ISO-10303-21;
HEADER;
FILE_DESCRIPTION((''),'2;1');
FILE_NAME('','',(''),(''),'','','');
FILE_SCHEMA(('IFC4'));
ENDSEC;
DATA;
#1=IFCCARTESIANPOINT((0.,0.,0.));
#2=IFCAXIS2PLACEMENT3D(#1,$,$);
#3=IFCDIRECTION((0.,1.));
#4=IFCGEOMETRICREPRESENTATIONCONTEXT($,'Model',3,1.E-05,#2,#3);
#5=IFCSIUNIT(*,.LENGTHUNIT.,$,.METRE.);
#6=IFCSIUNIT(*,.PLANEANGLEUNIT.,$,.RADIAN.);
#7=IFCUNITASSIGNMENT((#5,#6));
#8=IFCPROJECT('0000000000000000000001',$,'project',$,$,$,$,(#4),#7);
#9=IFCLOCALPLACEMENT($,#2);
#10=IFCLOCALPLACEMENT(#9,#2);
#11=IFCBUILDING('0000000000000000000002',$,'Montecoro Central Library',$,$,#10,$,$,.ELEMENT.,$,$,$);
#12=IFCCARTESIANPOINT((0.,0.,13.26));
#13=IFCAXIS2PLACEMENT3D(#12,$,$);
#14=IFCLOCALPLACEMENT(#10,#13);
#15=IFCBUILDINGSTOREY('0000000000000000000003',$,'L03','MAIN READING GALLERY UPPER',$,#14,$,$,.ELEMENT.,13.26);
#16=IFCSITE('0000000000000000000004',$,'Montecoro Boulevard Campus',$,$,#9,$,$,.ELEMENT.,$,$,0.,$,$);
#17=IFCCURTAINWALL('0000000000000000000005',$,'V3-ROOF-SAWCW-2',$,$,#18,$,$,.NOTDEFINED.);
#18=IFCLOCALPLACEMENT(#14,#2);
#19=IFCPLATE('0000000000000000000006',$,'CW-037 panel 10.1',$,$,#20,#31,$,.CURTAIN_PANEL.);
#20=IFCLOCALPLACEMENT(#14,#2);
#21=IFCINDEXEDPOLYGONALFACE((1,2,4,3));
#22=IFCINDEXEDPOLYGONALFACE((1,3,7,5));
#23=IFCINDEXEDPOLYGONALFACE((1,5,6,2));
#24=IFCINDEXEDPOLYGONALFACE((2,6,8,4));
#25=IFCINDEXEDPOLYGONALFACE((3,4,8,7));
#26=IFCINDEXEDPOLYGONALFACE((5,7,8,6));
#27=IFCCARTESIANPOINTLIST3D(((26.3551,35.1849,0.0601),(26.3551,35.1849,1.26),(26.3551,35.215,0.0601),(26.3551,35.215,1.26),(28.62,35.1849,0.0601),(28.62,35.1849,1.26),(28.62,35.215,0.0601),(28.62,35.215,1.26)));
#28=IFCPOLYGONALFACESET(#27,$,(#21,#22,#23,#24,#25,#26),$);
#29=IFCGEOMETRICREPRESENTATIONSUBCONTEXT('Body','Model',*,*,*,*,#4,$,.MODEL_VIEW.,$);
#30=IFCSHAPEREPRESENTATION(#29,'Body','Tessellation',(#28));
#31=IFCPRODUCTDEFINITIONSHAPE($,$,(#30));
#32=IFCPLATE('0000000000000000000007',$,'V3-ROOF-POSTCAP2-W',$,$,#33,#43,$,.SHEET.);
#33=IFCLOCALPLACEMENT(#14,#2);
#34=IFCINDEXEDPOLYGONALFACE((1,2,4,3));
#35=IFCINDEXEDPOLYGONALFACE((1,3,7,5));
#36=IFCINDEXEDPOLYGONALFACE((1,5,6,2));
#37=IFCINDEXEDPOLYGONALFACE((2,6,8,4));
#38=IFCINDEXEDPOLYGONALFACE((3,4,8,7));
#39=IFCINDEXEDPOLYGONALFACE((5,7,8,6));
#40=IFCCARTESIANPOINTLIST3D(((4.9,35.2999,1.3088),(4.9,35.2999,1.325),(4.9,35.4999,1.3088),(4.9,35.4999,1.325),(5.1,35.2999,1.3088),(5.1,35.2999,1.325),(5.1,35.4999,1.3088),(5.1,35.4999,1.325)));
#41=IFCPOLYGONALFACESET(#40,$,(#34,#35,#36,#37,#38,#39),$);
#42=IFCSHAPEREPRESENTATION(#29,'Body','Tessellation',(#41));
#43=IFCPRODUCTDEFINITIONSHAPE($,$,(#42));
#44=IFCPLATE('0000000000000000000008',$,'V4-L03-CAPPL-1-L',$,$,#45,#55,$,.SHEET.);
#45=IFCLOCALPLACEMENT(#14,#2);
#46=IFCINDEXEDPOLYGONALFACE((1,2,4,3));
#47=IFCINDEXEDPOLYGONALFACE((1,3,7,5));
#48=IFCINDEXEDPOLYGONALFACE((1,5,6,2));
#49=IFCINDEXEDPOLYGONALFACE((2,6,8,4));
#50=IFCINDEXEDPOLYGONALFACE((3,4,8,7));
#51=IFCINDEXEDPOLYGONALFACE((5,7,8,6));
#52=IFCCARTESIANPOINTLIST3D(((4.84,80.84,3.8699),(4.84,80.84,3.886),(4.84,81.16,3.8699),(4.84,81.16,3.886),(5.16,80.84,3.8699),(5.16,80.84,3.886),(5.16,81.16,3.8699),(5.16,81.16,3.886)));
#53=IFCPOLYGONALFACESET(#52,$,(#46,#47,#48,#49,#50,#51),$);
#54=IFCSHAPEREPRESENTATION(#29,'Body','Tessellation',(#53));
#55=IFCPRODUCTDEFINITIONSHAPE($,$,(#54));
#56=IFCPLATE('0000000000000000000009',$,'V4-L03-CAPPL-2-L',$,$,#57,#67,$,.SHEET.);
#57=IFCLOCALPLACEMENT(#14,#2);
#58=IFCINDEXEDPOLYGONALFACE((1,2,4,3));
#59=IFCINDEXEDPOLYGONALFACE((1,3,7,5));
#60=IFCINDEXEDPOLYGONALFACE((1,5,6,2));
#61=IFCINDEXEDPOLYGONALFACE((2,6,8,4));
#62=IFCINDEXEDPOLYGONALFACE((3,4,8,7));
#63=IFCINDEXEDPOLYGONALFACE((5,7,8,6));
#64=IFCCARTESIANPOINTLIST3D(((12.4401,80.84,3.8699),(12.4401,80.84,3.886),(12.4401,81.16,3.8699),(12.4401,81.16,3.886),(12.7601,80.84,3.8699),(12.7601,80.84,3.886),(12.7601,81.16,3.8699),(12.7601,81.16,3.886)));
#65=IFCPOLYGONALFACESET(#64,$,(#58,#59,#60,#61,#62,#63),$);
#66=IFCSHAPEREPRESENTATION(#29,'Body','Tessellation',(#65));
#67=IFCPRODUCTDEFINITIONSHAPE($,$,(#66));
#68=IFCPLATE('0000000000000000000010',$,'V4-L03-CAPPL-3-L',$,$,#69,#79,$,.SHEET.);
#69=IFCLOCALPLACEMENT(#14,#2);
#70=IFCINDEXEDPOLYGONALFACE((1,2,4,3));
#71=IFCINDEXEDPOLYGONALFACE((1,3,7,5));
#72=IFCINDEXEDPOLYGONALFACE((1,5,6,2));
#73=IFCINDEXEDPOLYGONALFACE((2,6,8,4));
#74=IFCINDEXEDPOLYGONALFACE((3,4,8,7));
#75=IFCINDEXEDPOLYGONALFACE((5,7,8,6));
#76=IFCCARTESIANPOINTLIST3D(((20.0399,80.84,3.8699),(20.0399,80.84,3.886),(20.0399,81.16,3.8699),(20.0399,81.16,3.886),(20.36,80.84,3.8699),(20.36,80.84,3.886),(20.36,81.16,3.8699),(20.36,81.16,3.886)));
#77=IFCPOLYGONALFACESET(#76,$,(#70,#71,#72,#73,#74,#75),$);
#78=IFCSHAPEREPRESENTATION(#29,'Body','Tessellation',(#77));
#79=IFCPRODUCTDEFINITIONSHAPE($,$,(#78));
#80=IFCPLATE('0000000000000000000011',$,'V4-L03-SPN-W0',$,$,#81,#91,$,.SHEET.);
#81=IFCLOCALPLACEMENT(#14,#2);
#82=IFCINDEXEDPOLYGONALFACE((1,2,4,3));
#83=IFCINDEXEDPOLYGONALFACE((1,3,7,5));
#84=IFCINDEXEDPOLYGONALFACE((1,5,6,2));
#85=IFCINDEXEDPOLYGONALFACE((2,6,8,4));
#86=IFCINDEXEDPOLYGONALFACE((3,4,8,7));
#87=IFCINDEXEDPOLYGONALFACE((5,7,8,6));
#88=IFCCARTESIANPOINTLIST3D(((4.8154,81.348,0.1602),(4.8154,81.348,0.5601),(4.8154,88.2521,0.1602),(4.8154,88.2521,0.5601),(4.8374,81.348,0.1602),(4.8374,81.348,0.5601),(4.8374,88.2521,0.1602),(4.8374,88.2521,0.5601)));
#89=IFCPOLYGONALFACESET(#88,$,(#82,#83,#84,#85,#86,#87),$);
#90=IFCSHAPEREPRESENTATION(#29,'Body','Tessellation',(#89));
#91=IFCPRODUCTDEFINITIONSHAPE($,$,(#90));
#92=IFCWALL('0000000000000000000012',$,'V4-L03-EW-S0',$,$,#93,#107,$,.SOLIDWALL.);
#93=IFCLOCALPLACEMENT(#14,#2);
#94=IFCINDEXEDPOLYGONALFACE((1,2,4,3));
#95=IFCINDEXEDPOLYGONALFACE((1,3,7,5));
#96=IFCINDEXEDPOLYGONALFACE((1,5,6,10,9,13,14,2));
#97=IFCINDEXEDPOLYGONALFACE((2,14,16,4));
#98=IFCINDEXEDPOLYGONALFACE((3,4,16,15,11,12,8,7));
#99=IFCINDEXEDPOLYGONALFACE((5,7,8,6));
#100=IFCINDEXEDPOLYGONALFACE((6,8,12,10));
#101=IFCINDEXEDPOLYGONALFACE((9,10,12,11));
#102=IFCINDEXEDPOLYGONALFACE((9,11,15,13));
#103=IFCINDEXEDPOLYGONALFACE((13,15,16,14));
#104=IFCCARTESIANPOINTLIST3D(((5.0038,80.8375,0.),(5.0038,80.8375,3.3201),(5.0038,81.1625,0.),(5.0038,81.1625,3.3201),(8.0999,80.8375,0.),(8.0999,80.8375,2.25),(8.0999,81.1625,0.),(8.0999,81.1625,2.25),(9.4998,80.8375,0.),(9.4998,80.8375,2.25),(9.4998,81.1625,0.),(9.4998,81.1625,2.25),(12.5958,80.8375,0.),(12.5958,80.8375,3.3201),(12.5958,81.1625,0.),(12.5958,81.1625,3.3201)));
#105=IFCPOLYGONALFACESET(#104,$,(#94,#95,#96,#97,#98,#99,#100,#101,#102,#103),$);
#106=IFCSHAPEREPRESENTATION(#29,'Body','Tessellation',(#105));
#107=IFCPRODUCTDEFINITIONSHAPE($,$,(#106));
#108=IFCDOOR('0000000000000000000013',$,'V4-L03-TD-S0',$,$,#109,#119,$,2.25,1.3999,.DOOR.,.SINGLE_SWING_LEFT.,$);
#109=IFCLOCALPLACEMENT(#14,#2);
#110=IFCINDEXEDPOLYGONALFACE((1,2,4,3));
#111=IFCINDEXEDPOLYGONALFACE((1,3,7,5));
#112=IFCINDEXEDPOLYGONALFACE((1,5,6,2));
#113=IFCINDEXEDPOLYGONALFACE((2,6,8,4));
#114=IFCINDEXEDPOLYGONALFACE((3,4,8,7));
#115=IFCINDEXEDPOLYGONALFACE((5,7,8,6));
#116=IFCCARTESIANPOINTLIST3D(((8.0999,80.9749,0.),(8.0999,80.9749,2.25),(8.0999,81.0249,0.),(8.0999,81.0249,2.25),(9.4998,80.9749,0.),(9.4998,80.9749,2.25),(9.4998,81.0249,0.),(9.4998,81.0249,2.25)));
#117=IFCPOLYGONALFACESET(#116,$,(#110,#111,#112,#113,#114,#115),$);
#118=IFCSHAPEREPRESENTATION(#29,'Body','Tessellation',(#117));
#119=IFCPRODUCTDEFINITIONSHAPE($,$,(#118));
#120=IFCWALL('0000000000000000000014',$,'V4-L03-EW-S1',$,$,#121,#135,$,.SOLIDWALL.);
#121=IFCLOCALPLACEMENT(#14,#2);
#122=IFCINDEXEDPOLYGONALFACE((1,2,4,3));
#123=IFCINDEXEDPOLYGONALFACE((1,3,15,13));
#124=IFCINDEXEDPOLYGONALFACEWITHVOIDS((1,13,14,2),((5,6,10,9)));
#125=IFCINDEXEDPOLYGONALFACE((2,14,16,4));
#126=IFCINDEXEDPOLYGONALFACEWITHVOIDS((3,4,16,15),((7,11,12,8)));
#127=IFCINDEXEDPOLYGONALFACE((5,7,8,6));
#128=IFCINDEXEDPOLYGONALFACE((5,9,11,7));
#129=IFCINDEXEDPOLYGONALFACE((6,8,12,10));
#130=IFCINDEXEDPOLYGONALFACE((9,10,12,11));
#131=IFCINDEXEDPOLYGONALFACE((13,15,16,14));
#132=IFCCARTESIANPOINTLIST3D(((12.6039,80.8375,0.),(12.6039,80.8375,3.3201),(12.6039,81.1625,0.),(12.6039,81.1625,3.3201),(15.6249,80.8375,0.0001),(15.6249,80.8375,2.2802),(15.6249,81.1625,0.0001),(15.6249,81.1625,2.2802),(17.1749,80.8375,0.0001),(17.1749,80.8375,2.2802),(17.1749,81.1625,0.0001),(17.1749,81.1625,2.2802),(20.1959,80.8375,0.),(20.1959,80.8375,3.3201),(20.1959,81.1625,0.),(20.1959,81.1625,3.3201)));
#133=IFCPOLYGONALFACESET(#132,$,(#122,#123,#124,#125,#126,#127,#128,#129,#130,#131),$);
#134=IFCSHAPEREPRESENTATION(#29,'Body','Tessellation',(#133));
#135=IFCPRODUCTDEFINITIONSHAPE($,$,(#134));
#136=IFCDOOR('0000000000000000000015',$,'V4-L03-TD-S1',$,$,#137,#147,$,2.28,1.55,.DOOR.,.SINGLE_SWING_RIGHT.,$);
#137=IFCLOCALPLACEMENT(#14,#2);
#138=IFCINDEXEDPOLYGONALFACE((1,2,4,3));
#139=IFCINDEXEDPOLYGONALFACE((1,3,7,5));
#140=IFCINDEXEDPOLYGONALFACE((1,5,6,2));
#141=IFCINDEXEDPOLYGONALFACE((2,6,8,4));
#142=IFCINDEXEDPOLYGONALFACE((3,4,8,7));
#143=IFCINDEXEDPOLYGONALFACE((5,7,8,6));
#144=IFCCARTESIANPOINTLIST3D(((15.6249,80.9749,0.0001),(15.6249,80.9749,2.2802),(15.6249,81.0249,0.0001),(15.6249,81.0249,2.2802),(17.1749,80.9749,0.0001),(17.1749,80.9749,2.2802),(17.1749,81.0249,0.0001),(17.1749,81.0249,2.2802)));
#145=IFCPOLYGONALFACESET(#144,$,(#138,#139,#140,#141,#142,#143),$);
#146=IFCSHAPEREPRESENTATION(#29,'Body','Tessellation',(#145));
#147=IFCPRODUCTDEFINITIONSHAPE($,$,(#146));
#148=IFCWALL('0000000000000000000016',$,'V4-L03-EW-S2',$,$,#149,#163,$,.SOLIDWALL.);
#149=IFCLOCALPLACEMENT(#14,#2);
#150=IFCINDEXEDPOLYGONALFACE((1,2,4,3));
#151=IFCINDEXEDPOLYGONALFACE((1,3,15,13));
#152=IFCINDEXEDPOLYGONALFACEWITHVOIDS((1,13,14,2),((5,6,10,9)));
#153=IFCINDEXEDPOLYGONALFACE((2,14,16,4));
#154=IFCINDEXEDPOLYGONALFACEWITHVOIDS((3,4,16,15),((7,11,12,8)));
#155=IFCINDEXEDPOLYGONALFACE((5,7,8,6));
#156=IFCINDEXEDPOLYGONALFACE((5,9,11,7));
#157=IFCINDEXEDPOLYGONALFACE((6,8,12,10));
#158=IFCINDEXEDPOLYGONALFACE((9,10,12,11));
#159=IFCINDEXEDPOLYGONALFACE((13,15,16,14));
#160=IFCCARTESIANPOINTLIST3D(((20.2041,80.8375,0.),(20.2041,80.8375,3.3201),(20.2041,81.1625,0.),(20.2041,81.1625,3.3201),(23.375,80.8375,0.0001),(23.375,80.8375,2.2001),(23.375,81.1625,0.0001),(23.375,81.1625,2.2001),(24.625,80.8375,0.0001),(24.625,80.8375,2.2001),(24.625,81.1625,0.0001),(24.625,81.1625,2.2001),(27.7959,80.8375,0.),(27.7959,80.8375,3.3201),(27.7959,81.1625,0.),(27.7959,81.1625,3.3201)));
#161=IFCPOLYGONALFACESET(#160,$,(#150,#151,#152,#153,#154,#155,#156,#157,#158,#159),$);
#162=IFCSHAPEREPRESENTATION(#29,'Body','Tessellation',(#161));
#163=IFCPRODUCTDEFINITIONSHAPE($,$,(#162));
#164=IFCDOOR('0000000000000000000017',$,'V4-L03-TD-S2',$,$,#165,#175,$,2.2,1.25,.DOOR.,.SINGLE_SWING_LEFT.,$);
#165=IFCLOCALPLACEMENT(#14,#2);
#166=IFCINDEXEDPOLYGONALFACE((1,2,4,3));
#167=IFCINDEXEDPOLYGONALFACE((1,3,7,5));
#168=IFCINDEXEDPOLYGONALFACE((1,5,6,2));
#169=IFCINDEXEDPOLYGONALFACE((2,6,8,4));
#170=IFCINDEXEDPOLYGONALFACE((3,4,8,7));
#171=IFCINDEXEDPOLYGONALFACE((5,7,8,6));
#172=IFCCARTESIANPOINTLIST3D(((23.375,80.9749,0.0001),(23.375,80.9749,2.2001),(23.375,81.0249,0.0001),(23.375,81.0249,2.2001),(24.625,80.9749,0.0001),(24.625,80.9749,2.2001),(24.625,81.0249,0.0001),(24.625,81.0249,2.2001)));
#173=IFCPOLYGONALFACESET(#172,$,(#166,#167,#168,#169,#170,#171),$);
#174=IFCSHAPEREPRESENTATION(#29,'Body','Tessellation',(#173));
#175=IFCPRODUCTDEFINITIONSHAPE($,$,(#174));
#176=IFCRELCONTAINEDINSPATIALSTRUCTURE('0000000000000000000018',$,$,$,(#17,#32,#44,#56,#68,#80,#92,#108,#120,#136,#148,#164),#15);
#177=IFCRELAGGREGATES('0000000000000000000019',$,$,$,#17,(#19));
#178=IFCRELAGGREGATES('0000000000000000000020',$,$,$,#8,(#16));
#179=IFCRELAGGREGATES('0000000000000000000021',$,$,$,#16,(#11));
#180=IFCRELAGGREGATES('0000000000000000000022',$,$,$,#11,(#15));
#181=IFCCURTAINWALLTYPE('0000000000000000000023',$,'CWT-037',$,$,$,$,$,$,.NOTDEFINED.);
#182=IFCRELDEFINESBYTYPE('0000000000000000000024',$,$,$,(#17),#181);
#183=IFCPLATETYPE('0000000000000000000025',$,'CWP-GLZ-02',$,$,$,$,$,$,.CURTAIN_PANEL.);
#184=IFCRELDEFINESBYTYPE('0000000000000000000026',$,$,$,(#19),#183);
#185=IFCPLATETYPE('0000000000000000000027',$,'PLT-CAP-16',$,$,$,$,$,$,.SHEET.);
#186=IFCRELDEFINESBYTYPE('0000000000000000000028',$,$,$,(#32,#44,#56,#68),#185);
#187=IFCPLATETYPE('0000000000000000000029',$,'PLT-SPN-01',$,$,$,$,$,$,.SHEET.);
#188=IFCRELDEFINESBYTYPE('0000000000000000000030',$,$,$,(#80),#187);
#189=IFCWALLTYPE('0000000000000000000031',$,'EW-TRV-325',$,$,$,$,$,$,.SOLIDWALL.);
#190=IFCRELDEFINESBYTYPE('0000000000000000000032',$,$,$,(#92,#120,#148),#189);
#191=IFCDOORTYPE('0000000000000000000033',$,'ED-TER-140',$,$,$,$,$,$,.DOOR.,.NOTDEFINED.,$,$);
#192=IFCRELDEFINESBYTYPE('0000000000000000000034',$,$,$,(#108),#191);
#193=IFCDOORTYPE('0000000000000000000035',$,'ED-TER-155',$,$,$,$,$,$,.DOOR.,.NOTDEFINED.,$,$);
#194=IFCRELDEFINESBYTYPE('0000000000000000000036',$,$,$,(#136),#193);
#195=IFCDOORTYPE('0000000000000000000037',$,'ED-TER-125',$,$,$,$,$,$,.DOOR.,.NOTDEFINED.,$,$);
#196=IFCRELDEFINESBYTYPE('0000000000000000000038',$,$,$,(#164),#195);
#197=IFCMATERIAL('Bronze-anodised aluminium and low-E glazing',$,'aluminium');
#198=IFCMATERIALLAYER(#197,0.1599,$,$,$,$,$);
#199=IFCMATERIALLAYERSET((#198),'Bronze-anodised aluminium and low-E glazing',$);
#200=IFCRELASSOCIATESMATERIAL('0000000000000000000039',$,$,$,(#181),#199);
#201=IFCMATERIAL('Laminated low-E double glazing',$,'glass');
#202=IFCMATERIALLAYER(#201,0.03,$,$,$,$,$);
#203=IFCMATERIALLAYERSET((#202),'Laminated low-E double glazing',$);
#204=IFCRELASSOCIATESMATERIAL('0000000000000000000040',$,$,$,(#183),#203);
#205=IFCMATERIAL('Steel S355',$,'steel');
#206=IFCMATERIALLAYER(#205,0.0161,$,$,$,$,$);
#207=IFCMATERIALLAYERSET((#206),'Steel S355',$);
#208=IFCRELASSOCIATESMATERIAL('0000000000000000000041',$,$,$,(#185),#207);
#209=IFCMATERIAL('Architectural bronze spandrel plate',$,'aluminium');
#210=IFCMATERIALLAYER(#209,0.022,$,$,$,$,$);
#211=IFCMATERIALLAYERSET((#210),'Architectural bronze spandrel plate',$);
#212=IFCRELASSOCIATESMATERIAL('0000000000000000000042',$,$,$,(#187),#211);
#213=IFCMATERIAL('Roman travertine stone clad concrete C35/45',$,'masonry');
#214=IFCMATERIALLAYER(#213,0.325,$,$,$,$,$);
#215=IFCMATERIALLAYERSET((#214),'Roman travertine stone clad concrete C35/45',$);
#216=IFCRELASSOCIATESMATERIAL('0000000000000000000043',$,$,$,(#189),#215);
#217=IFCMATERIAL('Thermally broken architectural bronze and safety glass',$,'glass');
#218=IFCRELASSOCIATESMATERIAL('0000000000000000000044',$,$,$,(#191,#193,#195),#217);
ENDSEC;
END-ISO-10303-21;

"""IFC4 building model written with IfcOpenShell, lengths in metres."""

from ifc_helpers import new_model, si_unit, direction, frame, frame_2d, origin, origin_2d, place, context, subcontext, project, spatial, rectangle, extrude, material, layer, layer_set, type_object, element, fill, aggregate, save


model = new_model("IFC4")

# Units and contexts
model_context = context("Model", 3, precision=1e-05, world=origin(), true_north=direction((0.0, 1.0)))
body_context = subcontext(model_context, "Body", "Model", "MODEL_VIEW")
ifc_project = project(units=[si_unit("LENGTHUNIT", "METRE"), si_unit("PLANEANGLEUNIT", "RADIAN")], contexts=[model_context])

# Site, building, storey
site_placement = place(None, origin())
site = spatial("IfcSite", under=ifc_project, at=site_placement, Name="Montecoro Boulevard Campus", CompositionType="ELEMENT", RefElevation=0.0)
building_placement = place(site_placement, origin())
building = spatial("IfcBuilding", under=site, at=building_placement, Name="Montecoro Central Library", CompositionType="ELEMENT")
storey_placement = place(building_placement, frame((0.0, 0.0, 13.26)))
storey = spatial("IfcBuildingStorey", under=building, at=storey_placement, Name="L03", Description="MAIN READING GALLERY UPPER", CompositionType="ELEMENT", Elevation=13.26)

# Shared definitions
ifc_material_1 = material(Name="Steel S355", Category="steel")

# Curtain wall, plate
ifc_material_2 = material(Name="Bronze-anodised aluminium and low-E glazing", Category="aluminium")
ifc_layer_1 = layer(ifc_material_2, 0.1599)
ifc_layer_set_1 = layer_set([ifc_layer_1], Name="Bronze-anodised aluminium and low-E glazing")
curtain_wall_type = type_object("IfcCurtainWallType", Name="CWT-037", PredefinedType="NOTDEFINED", material=ifc_layer_set_1)
curtain_wall_placement = place(storey_placement, origin())
curtain_wall = element("IfcCurtainWall", 1, at=curtain_wall_placement, inside=storey, type_object=curtain_wall_type, Name="V3-ROOF-SAWCW-2", PredefinedType="NOTDEFINED")
ifc_material_3 = material(Name="Laminated low-E double glazing", Category="glass")
ifc_layer_2 = layer(ifc_material_3, 0.03)
ifc_layer_set_2 = layer_set([ifc_layer_2], Name="Laminated low-E double glazing")
plate_type_1 = type_object("IfcPlateType", Name="CWP-GLZ-02", PredefinedType="CURTAIN_PANEL", material=ifc_layer_set_2)
plate_1_placement = place(storey_placement, frame((27.4875, 35.2, 0.0601), z_axis=(0.0, 0.0, 1.0), x_axis=(1.0, 0.0, 0.0)))
plate_1 = element("IfcPlate", 2, at=plate_1_placement, type_object=plate_type_1, Name="CW-037 panel 10.1", PredefinedType="CURTAIN_PANEL", context=body_context, shape_type="SweptSolid", body=[
    extrude(rectangle(XDim=2.2649, YDim=0.03, at=origin_2d()), origin(), (0.0, 0.0, 1.0), 1.2),
])
aggregate(curtain_wall, [plate_1])

# Plates
ifc_layer_3 = layer(ifc_material_1, 0.0161)
ifc_layer_set_3 = layer_set([ifc_layer_3], Name="Steel S355")
plate_type_2 = type_object("IfcPlateType", Name="PLT-CAP-16", PredefinedType="SHEET", material=ifc_layer_set_3)
plate_2_placement = place(storey_placement, frame((5.0, 35.3999, 1.3088), z_axis=(0.0, 0.0, 1.0), x_axis=(1.0, 0.0, 0.0)))
element("IfcPlate", 3, at=plate_2_placement, inside=storey, type_object=plate_type_2, Name="V3-ROOF-POSTCAP2-W", PredefinedType="SHEET", context=body_context, shape_type="SweptSolid", body=[
    extrude(rectangle(XDim=0.2, YDim=0.2, at=origin_2d()), origin(), (0.0, 0.0, 1.0), 0.0161),
])
for number, where, z_axis, x_axis, name in (
    (4, (5.0, 81.0, 3.8699), (0.0, 0.0, 1.0), (1.0, 0.0, 0.0), "V4-L03-CAPPL-1-L"),
    (5, (12.6001, 81.0, 3.8699), (0.0, 0.0, 1.0), (1.0, 0.0, 0.0), "V4-L03-CAPPL-2-L"),
    (6, (20.2, 81.0, 3.8699), (0.0, 0.0, 1.0), (1.0, 0.0, 0.0), "V4-L03-CAPPL-3-L"),
):
    element("IfcPlate", number, at=place(storey_placement, frame(where, z_axis=z_axis, x_axis=x_axis)), inside=storey, type_object=plate_type_2, Name=name, PredefinedType="SHEET", context=body_context, shape_type="SweptSolid", body=[
        extrude(rectangle(XDim=0.3201, YDim=0.3201, at=origin_2d()), origin(), (0.0, 0.0, 1.0), 0.0161),
    ])
ifc_material_4 = material(Name="Architectural bronze spandrel plate", Category="aluminium")
ifc_layer_4 = layer(ifc_material_4, 0.022)
ifc_layer_set_4 = layer_set([ifc_layer_4], Name="Architectural bronze spandrel plate")
plate_type_3 = type_object("IfcPlateType", Name="PLT-SPN-01", PredefinedType="SHEET", material=ifc_layer_set_4)
plate_3_placement = place(storey_placement, frame((4.8264, 84.8, 0.1602), z_axis=(0.0, 0.0, 1.0), x_axis=(0.0, -1.0, 0.0)))
element("IfcPlate", 7, at=plate_3_placement, inside=storey, type_object=plate_type_3, Name="V4-L03-SPN-W0", PredefinedType="SHEET", context=body_context, shape_type="SweptSolid", body=[
    extrude(rectangle(XDim=6.9041, YDim=0.022, at=origin_2d()), origin(), (0.0, 0.0, 1.0), 0.3999),
])

# Walls, openings, doors
ifc_material_5 = material(Name="Roman travertine stone clad concrete C35/45", Category="masonry")
ifc_layer_5 = layer(ifc_material_5, 0.325)
ifc_layer_set_5 = layer_set([ifc_layer_5], Name="Roman travertine stone clad concrete C35/45")
wall_type_1 = type_object("IfcWallType", Name="EW-TRV-325", PredefinedType="SOLIDWALL", material=ifc_layer_set_5)
wall_1_placement = place(storey_placement, frame((5.0039, 81.0, 0.0), z_axis=(0.0, 0.0, 1.0), x_axis=(1.0, 0.0, 0.0)))
wall_1 = element("IfcWall", 8, at=wall_1_placement, inside=storey, type_object=wall_type_1, Name="V4-L03-EW-S0", PredefinedType="SOLIDWALL", context=body_context, shape_type="SweptSolid", body=[
    extrude(rectangle(XDim=7.592, YDim=0.325, at=frame_2d((3.7959, 0.0))), origin(), (0.0, 0.0, 1.0), 3.3201),
])
opening_1_placement = place(wall_1_placement, frame((3.0959, 0.0, 0.0)))
opening_1 = element("IfcOpeningElement", 9, at=opening_1_placement, cuts=wall_1, PredefinedType="OPENING", context=body_context, shape_type="SweptSolid", body=[
    extrude(rectangle(XDim=1.3999, YDim=2.25, at=frame_2d((0.7, 1.125))), frame((0.0, 0.1724, 0.0), z_axis=(0.0, -1.0, 0.0), x_axis=(1.0, 0.0, 0.0)), (0.0, 0.0, 1.0), 0.345),
])
ifc_material_6 = material(Name="Thermally broken architectural bronze and safety glass", Category="glass")
door_type_1 = type_object("IfcDoorType", Name="ED-TER-140", OperationType="NOTDEFINED", PredefinedType="DOOR", material=ifc_material_6)
door_1_placement = place(opening_1_placement, origin())
door_1 = element("IfcDoor", 10, at=door_1_placement, inside=storey, type_object=door_type_1, Name="V4-L03-TD-S0", OperationType="SINGLE_SWING_LEFT", OverallHeight=2.25, OverallWidth=1.3999, PredefinedType="DOOR", context=body_context, shape_type="SweptSolid", body=[
    extrude(rectangle(XDim=1.3999, YDim=2.25, at=frame_2d((0.7, 1.125))), frame((0.0, 0.0249, 0.0), z_axis=(0.0, -1.0, 0.0), x_axis=(1.0, 0.0, 0.0)), (0.0, 0.0, 1.0), 0.05),
])
fill(opening_1, door_1)
wall_2_placement = place(storey_placement, frame((12.604, 81.0, 0.0), z_axis=(0.0, 0.0, 1.0), x_axis=(1.0, 0.0, 0.0)))
wall_2 = element("IfcWall", 11, at=wall_2_placement, inside=storey, type_object=wall_type_1, Name="V4-L03-EW-S1", PredefinedType="SOLIDWALL", context=body_context, shape_type="SweptSolid", body=[
    extrude(rectangle(XDim=7.592, YDim=0.325, at=frame_2d((3.7959, 0.0))), origin(), (0.0, 0.0, 1.0), 3.3201),
])
opening_2_placement = place(wall_2_placement, frame((3.021, 0.0, 0.0)))
opening_2 = element("IfcOpeningElement", 12, at=opening_2_placement, cuts=wall_2, PredefinedType="OPENING", context=body_context, shape_type="SweptSolid", body=[
    extrude(rectangle(XDim=1.55, YDim=2.28, at=frame_2d((0.7749, 1.1401))), frame((0.0, 0.1724, 0.0), z_axis=(0.0, -1.0, 0.0), x_axis=(1.0, 0.0, 0.0)), (0.0, 0.0, 1.0), 0.345),
])
door_type_2 = type_object("IfcDoorType", Name="ED-TER-155", OperationType="NOTDEFINED", PredefinedType="DOOR", material=ifc_material_6)
door_2_placement = place(opening_2_placement, origin())
door_2 = element("IfcDoor", 13, at=door_2_placement, inside=storey, type_object=door_type_2, Name="V4-L03-TD-S1", OperationType="SINGLE_SWING_RIGHT", OverallHeight=2.28, OverallWidth=1.55, PredefinedType="DOOR", context=body_context, shape_type="SweptSolid", body=[
    extrude(rectangle(XDim=1.55, YDim=2.28, at=frame_2d((0.7749, 1.1401))), frame((0.0, 0.0249, 0.0), z_axis=(0.0, -1.0, 0.0), x_axis=(1.0, 0.0, 0.0)), (0.0, 0.0, 1.0), 0.05),
])
fill(opening_2, door_2)
wall_3_placement = place(storey_placement, frame((20.2041, 81.0, 0.0), z_axis=(0.0, 0.0, 1.0), x_axis=(1.0, 0.0, 0.0)))
wall_3 = element("IfcWall", 14, at=wall_3_placement, inside=storey, type_object=wall_type_1, Name="V4-L03-EW-S2", PredefinedType="SOLIDWALL", context=body_context, shape_type="SweptSolid", body=[
    extrude(rectangle(XDim=7.5918, YDim=0.325, at=frame_2d((3.7959, 0.0))), origin(), (0.0, 0.0, 1.0), 3.3201),
])
opening_3_placement = place(wall_3_placement, frame((3.1709, 0.0, 0.0)))
opening_3 = element("IfcOpeningElement", 15, at=opening_3_placement, cuts=wall_3, PredefinedType="OPENING", context=body_context, shape_type="SweptSolid", body=[
    extrude(rectangle(XDim=1.25, YDim=2.2, at=frame_2d((0.625, 1.1001))), frame((0.0, 0.1724, 0.0), z_axis=(0.0, -1.0, 0.0), x_axis=(1.0, 0.0, 0.0)), (0.0, 0.0, 1.0), 0.345),
])
door_type_3 = type_object("IfcDoorType", Name="ED-TER-125", OperationType="NOTDEFINED", PredefinedType="DOOR", material=ifc_material_6)
door_3_placement = place(opening_3_placement, origin())
door_3 = element("IfcDoor", 16, at=door_3_placement, inside=storey, type_object=door_type_3, Name="V4-L03-TD-S2", OperationType="SINGLE_SWING_LEFT", OverallHeight=2.2, OverallWidth=1.25, PredefinedType="DOOR", context=body_context, shape_type="SweptSolid", body=[
    extrude(rectangle(XDim=1.25, YDim=2.2, at=frame_2d((0.625, 1.1001))), frame((0.0, 0.0249, 0.0), z_axis=(0.0, -1.0, 0.0), x_axis=(1.0, 0.0, 0.0)), (0.0, 0.0, 1.0), 0.05),
])
fill(opening_3, door_3)

save(model, "model.ifc")
